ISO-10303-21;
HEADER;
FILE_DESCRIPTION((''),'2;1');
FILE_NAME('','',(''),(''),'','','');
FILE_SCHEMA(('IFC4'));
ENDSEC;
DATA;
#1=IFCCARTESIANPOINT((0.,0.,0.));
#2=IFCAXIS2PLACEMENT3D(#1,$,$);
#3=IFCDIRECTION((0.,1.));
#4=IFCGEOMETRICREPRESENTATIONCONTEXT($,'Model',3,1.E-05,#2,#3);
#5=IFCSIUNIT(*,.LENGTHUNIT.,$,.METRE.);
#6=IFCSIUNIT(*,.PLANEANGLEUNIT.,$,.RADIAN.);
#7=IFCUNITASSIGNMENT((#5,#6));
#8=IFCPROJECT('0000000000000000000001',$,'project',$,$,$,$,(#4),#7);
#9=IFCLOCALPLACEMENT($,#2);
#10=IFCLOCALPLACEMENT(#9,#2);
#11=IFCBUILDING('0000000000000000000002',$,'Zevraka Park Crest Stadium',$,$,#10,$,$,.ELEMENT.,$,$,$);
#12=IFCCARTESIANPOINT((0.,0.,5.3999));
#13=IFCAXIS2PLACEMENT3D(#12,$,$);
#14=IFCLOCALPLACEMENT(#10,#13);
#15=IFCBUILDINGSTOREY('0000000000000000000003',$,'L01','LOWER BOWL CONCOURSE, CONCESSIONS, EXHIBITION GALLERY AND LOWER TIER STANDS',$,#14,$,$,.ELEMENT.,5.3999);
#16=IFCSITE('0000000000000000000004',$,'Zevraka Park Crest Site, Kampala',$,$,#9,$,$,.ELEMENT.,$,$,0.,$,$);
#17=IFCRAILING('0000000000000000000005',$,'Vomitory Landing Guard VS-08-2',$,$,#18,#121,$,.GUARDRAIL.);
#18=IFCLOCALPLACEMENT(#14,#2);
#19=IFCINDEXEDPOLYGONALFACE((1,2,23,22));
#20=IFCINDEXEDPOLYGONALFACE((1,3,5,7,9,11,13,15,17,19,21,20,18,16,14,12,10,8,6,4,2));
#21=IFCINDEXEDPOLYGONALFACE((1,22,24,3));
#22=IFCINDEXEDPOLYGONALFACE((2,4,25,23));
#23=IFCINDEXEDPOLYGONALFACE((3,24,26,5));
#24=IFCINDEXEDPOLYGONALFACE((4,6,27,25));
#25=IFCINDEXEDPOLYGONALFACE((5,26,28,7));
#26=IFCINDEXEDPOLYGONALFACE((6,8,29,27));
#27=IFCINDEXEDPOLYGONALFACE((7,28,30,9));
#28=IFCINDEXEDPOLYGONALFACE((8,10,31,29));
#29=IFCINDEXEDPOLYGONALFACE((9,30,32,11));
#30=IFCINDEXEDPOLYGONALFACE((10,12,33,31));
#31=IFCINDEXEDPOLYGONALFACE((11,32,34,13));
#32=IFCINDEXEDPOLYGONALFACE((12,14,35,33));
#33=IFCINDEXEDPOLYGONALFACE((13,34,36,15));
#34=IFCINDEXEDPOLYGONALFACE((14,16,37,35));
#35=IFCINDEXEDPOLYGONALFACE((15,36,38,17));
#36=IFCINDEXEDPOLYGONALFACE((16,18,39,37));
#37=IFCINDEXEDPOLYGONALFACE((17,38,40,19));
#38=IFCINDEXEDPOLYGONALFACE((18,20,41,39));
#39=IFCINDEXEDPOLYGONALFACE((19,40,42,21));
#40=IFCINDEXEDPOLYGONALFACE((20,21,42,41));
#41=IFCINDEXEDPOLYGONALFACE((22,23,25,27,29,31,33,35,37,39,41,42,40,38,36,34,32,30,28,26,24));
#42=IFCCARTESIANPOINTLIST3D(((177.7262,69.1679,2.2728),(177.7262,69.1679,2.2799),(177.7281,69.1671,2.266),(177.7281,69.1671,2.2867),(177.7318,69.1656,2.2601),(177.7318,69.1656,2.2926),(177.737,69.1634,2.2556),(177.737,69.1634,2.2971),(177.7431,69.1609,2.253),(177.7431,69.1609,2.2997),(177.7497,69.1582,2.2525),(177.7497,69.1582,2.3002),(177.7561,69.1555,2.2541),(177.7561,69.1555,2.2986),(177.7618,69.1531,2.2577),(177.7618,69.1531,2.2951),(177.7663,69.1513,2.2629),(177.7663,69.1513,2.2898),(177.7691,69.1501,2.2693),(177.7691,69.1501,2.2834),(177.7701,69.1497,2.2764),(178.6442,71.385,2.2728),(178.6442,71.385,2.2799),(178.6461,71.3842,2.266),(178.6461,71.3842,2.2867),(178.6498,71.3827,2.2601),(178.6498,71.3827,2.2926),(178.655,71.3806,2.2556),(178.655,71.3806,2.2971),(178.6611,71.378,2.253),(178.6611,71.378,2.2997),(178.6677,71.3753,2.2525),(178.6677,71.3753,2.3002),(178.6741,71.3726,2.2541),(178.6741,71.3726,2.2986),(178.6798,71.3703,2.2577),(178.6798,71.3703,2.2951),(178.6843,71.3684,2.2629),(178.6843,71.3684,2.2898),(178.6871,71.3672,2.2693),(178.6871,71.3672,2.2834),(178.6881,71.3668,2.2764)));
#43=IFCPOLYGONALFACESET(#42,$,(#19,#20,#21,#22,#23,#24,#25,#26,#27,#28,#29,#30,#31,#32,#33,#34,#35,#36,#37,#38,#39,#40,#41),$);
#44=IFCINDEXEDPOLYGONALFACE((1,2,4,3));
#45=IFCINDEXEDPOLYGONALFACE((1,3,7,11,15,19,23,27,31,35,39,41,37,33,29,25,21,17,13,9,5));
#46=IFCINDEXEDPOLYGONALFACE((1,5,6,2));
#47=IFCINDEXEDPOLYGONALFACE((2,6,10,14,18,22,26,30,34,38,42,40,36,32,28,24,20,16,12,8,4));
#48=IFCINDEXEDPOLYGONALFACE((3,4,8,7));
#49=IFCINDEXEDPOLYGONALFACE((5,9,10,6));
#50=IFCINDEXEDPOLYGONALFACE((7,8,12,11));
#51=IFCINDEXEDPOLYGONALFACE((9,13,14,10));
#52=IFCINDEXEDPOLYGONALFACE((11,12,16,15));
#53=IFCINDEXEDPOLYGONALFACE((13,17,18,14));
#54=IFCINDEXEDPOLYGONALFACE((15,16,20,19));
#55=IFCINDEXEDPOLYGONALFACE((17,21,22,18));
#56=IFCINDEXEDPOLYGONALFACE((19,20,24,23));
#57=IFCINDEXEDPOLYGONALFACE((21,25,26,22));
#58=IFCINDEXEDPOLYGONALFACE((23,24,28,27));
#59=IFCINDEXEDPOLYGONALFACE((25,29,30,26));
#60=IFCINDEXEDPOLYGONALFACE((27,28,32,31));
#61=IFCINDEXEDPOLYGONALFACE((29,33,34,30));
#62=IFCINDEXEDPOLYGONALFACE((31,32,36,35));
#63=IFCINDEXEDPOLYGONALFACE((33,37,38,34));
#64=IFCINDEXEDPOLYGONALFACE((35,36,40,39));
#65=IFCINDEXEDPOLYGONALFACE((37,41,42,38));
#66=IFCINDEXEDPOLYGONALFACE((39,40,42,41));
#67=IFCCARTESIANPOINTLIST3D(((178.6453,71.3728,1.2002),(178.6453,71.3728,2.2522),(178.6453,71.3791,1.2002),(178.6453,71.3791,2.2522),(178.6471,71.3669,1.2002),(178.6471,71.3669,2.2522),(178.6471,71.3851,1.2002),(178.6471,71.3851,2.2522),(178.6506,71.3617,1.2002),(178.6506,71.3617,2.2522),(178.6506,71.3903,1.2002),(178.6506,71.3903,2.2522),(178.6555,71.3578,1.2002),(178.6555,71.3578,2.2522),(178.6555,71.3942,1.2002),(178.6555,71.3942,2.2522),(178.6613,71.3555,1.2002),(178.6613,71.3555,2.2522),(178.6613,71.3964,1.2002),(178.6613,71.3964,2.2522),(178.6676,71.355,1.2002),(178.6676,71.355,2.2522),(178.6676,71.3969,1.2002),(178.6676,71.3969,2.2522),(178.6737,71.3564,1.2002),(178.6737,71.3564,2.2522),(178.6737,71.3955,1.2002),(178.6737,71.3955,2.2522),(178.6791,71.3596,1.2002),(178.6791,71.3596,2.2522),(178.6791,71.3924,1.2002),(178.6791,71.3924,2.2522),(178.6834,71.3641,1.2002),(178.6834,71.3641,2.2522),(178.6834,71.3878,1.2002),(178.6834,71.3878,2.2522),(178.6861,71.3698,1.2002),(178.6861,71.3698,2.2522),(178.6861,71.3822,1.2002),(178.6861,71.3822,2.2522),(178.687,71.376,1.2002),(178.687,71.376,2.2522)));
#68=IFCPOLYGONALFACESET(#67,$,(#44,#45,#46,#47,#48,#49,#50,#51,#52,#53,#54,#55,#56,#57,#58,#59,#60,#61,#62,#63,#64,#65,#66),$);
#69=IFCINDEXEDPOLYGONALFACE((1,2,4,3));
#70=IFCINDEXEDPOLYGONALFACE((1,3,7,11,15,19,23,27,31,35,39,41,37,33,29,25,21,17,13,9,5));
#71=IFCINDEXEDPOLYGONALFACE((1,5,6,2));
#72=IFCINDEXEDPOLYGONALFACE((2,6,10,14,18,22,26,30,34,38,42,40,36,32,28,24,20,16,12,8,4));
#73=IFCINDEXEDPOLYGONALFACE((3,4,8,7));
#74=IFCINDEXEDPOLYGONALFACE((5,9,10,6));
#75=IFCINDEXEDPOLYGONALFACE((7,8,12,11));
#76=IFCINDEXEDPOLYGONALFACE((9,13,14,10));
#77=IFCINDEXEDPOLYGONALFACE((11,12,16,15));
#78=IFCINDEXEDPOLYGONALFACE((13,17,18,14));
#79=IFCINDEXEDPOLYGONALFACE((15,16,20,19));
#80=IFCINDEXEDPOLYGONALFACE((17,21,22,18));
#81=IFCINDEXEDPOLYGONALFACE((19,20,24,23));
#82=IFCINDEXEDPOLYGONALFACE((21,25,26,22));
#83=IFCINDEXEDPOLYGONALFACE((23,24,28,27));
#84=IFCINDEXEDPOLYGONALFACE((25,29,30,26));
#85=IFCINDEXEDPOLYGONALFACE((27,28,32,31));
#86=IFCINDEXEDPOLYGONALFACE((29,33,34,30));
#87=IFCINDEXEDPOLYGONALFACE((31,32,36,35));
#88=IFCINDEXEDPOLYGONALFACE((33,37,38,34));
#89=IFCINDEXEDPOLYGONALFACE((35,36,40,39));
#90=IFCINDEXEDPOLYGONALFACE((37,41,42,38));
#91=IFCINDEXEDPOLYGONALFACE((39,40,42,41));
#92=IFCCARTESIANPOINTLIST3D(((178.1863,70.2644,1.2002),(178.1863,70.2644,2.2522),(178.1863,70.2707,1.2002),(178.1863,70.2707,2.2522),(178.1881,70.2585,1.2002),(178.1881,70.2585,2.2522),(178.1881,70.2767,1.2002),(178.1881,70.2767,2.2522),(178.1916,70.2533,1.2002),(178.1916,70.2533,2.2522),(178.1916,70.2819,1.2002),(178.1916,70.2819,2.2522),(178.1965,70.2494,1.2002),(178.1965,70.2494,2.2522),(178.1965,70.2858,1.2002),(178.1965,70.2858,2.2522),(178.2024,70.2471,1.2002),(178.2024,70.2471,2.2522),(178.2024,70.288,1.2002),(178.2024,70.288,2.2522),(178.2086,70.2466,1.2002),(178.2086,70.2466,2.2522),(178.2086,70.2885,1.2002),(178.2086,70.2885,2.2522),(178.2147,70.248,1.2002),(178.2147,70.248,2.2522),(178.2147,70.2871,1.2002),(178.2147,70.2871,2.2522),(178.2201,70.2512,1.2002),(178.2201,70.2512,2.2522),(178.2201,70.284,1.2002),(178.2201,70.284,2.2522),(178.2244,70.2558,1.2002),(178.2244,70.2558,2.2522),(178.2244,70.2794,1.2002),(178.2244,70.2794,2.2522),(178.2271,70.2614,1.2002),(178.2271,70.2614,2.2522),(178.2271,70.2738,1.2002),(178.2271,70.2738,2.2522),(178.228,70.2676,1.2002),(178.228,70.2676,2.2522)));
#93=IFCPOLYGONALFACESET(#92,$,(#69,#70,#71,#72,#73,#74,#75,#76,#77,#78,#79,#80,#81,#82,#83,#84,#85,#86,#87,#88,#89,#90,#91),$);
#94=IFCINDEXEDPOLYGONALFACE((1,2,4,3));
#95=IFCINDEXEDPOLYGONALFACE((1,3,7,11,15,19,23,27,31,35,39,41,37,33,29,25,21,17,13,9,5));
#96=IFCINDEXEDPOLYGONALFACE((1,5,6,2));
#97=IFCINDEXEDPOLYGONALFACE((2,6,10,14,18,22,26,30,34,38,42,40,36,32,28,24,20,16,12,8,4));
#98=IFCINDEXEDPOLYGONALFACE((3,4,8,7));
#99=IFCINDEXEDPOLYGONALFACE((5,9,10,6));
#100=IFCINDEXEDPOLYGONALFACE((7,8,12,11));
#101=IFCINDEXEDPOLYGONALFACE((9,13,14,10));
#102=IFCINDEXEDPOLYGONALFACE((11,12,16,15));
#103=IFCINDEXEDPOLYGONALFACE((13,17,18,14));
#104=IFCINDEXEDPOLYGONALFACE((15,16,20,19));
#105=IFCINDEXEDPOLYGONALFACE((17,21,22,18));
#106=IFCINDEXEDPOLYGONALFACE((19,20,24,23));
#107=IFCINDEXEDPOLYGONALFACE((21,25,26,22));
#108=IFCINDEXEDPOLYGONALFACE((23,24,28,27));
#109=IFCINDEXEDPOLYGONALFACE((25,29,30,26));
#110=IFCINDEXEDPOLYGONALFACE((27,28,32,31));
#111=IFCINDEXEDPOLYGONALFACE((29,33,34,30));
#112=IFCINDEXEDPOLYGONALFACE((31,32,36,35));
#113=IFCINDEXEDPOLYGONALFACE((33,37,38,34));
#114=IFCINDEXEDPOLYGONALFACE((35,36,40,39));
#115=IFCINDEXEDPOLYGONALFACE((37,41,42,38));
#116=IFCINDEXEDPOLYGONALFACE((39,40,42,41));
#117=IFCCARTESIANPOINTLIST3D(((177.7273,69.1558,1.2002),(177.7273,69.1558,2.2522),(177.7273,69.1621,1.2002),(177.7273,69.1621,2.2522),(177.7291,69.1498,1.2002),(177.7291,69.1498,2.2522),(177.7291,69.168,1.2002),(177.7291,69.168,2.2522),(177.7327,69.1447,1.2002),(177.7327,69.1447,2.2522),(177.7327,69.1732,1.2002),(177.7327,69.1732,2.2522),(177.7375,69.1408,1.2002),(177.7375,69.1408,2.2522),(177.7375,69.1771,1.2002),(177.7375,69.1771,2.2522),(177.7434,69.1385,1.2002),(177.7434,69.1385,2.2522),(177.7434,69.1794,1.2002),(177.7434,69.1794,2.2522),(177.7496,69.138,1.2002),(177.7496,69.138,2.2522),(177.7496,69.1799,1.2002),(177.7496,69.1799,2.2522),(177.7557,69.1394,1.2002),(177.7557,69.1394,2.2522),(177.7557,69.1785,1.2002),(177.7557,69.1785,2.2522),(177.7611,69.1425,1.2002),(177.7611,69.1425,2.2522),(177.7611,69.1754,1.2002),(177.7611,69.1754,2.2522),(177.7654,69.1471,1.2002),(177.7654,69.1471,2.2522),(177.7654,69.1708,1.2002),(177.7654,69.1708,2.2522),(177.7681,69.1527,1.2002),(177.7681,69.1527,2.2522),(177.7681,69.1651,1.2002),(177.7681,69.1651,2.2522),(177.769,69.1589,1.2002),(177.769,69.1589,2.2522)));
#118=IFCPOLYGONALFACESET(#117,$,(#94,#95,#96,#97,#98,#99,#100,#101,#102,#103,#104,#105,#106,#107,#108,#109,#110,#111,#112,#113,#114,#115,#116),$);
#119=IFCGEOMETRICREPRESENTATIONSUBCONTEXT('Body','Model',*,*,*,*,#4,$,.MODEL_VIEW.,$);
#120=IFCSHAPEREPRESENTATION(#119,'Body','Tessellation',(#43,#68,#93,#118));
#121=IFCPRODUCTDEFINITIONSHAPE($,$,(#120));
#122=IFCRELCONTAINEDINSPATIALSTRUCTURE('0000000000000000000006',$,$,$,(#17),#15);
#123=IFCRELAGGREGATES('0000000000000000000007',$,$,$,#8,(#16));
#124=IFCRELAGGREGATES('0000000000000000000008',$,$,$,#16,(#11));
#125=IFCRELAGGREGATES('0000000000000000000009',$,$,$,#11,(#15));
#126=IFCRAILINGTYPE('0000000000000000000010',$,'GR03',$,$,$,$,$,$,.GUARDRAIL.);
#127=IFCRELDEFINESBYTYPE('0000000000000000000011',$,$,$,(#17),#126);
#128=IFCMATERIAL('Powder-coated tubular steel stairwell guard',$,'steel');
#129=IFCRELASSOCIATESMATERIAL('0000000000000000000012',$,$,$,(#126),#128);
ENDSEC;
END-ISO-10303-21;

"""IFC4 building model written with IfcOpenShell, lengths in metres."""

from ifc_helpers import new_model, si_unit, direction, frame, origin, origin_2d, place, context, subcontext, project, spatial, circle, extrude, material, type_object, element, save


model = new_model("IFC4")

# Units and contexts
model_context = context("Model", 3, precision=1e-05, world=origin(), true_north=direction((0.0, 1.0)))
body_context = subcontext(model_context, "Body", "Model", "MODEL_VIEW")
ifc_project = project(units=[si_unit("LENGTHUNIT", "METRE"), si_unit("PLANEANGLEUNIT", "RADIAN")], contexts=[model_context])

# Site, building, storey
site_placement = place(None, origin())
site = spatial("IfcSite", under=ifc_project, at=site_placement, Name="Zevraka Park Crest Site, Kampala", CompositionType="ELEMENT", RefElevation=0.0)
building_placement = place(site_placement, origin())
building = spatial("IfcBuilding", under=site, at=building_placement, Name="Zevraka Park Crest Stadium", CompositionType="ELEMENT")
storey_placement = place(building_placement, frame((0.0, 0.0, 5.3999)))
storey = spatial("IfcBuildingStorey", under=building, at=storey_placement, Name="L01", Description="LOWER BOWL CONCOURSE, CONCESSIONS, EXHIBITION GALLERY AND LOWER TIER STANDS", CompositionType="ELEMENT", Elevation=5.3999)

# Railing
ifc_material_1 = material(Name="Powder-coated tubular steel stairwell guard", Category="steel")
railing_type_1 = type_object("IfcRailingType", Name="GR03", PredefinedType="GUARDRAIL", material=ifc_material_1)
railing_1_placement = place(storey_placement, frame((178.666, 71.376, 1.2002)))
element("IfcRailing", 1, at=railing_1_placement, inside=storey, type_object=railing_type_1, Name="Vomitory Landing Guard VS-08-2", PredefinedType="GUARDRAIL", context=body_context, shape_type="SweptSolid", body=[
    extrude(circle(Radius=0.0239, at=origin_2d()), frame((0.0, 0.0, 1.0762), z_axis=(-0.382555, -0.923933, 0.0), x_axis=(0.923933, -0.382555, 0.0)), (0.0, 0.0, 1.0), 2.3997),
    extrude(circle(Radius=0.021, at=origin_2d()), origin(), (0.0, 0.0, 1.0), 1.052),
    extrude(circle(Radius=0.021, at=origin_2d()), frame((-0.459, -1.1084, 0.0)), (0.0, 0.0, 1.0), 1.052),
    extrude(circle(Radius=0.021, at=origin_2d()), frame((-0.918, -2.217, 0.0)), (0.0, 0.0, 1.0), 1.052),
])

save(model, "model.ifc")
